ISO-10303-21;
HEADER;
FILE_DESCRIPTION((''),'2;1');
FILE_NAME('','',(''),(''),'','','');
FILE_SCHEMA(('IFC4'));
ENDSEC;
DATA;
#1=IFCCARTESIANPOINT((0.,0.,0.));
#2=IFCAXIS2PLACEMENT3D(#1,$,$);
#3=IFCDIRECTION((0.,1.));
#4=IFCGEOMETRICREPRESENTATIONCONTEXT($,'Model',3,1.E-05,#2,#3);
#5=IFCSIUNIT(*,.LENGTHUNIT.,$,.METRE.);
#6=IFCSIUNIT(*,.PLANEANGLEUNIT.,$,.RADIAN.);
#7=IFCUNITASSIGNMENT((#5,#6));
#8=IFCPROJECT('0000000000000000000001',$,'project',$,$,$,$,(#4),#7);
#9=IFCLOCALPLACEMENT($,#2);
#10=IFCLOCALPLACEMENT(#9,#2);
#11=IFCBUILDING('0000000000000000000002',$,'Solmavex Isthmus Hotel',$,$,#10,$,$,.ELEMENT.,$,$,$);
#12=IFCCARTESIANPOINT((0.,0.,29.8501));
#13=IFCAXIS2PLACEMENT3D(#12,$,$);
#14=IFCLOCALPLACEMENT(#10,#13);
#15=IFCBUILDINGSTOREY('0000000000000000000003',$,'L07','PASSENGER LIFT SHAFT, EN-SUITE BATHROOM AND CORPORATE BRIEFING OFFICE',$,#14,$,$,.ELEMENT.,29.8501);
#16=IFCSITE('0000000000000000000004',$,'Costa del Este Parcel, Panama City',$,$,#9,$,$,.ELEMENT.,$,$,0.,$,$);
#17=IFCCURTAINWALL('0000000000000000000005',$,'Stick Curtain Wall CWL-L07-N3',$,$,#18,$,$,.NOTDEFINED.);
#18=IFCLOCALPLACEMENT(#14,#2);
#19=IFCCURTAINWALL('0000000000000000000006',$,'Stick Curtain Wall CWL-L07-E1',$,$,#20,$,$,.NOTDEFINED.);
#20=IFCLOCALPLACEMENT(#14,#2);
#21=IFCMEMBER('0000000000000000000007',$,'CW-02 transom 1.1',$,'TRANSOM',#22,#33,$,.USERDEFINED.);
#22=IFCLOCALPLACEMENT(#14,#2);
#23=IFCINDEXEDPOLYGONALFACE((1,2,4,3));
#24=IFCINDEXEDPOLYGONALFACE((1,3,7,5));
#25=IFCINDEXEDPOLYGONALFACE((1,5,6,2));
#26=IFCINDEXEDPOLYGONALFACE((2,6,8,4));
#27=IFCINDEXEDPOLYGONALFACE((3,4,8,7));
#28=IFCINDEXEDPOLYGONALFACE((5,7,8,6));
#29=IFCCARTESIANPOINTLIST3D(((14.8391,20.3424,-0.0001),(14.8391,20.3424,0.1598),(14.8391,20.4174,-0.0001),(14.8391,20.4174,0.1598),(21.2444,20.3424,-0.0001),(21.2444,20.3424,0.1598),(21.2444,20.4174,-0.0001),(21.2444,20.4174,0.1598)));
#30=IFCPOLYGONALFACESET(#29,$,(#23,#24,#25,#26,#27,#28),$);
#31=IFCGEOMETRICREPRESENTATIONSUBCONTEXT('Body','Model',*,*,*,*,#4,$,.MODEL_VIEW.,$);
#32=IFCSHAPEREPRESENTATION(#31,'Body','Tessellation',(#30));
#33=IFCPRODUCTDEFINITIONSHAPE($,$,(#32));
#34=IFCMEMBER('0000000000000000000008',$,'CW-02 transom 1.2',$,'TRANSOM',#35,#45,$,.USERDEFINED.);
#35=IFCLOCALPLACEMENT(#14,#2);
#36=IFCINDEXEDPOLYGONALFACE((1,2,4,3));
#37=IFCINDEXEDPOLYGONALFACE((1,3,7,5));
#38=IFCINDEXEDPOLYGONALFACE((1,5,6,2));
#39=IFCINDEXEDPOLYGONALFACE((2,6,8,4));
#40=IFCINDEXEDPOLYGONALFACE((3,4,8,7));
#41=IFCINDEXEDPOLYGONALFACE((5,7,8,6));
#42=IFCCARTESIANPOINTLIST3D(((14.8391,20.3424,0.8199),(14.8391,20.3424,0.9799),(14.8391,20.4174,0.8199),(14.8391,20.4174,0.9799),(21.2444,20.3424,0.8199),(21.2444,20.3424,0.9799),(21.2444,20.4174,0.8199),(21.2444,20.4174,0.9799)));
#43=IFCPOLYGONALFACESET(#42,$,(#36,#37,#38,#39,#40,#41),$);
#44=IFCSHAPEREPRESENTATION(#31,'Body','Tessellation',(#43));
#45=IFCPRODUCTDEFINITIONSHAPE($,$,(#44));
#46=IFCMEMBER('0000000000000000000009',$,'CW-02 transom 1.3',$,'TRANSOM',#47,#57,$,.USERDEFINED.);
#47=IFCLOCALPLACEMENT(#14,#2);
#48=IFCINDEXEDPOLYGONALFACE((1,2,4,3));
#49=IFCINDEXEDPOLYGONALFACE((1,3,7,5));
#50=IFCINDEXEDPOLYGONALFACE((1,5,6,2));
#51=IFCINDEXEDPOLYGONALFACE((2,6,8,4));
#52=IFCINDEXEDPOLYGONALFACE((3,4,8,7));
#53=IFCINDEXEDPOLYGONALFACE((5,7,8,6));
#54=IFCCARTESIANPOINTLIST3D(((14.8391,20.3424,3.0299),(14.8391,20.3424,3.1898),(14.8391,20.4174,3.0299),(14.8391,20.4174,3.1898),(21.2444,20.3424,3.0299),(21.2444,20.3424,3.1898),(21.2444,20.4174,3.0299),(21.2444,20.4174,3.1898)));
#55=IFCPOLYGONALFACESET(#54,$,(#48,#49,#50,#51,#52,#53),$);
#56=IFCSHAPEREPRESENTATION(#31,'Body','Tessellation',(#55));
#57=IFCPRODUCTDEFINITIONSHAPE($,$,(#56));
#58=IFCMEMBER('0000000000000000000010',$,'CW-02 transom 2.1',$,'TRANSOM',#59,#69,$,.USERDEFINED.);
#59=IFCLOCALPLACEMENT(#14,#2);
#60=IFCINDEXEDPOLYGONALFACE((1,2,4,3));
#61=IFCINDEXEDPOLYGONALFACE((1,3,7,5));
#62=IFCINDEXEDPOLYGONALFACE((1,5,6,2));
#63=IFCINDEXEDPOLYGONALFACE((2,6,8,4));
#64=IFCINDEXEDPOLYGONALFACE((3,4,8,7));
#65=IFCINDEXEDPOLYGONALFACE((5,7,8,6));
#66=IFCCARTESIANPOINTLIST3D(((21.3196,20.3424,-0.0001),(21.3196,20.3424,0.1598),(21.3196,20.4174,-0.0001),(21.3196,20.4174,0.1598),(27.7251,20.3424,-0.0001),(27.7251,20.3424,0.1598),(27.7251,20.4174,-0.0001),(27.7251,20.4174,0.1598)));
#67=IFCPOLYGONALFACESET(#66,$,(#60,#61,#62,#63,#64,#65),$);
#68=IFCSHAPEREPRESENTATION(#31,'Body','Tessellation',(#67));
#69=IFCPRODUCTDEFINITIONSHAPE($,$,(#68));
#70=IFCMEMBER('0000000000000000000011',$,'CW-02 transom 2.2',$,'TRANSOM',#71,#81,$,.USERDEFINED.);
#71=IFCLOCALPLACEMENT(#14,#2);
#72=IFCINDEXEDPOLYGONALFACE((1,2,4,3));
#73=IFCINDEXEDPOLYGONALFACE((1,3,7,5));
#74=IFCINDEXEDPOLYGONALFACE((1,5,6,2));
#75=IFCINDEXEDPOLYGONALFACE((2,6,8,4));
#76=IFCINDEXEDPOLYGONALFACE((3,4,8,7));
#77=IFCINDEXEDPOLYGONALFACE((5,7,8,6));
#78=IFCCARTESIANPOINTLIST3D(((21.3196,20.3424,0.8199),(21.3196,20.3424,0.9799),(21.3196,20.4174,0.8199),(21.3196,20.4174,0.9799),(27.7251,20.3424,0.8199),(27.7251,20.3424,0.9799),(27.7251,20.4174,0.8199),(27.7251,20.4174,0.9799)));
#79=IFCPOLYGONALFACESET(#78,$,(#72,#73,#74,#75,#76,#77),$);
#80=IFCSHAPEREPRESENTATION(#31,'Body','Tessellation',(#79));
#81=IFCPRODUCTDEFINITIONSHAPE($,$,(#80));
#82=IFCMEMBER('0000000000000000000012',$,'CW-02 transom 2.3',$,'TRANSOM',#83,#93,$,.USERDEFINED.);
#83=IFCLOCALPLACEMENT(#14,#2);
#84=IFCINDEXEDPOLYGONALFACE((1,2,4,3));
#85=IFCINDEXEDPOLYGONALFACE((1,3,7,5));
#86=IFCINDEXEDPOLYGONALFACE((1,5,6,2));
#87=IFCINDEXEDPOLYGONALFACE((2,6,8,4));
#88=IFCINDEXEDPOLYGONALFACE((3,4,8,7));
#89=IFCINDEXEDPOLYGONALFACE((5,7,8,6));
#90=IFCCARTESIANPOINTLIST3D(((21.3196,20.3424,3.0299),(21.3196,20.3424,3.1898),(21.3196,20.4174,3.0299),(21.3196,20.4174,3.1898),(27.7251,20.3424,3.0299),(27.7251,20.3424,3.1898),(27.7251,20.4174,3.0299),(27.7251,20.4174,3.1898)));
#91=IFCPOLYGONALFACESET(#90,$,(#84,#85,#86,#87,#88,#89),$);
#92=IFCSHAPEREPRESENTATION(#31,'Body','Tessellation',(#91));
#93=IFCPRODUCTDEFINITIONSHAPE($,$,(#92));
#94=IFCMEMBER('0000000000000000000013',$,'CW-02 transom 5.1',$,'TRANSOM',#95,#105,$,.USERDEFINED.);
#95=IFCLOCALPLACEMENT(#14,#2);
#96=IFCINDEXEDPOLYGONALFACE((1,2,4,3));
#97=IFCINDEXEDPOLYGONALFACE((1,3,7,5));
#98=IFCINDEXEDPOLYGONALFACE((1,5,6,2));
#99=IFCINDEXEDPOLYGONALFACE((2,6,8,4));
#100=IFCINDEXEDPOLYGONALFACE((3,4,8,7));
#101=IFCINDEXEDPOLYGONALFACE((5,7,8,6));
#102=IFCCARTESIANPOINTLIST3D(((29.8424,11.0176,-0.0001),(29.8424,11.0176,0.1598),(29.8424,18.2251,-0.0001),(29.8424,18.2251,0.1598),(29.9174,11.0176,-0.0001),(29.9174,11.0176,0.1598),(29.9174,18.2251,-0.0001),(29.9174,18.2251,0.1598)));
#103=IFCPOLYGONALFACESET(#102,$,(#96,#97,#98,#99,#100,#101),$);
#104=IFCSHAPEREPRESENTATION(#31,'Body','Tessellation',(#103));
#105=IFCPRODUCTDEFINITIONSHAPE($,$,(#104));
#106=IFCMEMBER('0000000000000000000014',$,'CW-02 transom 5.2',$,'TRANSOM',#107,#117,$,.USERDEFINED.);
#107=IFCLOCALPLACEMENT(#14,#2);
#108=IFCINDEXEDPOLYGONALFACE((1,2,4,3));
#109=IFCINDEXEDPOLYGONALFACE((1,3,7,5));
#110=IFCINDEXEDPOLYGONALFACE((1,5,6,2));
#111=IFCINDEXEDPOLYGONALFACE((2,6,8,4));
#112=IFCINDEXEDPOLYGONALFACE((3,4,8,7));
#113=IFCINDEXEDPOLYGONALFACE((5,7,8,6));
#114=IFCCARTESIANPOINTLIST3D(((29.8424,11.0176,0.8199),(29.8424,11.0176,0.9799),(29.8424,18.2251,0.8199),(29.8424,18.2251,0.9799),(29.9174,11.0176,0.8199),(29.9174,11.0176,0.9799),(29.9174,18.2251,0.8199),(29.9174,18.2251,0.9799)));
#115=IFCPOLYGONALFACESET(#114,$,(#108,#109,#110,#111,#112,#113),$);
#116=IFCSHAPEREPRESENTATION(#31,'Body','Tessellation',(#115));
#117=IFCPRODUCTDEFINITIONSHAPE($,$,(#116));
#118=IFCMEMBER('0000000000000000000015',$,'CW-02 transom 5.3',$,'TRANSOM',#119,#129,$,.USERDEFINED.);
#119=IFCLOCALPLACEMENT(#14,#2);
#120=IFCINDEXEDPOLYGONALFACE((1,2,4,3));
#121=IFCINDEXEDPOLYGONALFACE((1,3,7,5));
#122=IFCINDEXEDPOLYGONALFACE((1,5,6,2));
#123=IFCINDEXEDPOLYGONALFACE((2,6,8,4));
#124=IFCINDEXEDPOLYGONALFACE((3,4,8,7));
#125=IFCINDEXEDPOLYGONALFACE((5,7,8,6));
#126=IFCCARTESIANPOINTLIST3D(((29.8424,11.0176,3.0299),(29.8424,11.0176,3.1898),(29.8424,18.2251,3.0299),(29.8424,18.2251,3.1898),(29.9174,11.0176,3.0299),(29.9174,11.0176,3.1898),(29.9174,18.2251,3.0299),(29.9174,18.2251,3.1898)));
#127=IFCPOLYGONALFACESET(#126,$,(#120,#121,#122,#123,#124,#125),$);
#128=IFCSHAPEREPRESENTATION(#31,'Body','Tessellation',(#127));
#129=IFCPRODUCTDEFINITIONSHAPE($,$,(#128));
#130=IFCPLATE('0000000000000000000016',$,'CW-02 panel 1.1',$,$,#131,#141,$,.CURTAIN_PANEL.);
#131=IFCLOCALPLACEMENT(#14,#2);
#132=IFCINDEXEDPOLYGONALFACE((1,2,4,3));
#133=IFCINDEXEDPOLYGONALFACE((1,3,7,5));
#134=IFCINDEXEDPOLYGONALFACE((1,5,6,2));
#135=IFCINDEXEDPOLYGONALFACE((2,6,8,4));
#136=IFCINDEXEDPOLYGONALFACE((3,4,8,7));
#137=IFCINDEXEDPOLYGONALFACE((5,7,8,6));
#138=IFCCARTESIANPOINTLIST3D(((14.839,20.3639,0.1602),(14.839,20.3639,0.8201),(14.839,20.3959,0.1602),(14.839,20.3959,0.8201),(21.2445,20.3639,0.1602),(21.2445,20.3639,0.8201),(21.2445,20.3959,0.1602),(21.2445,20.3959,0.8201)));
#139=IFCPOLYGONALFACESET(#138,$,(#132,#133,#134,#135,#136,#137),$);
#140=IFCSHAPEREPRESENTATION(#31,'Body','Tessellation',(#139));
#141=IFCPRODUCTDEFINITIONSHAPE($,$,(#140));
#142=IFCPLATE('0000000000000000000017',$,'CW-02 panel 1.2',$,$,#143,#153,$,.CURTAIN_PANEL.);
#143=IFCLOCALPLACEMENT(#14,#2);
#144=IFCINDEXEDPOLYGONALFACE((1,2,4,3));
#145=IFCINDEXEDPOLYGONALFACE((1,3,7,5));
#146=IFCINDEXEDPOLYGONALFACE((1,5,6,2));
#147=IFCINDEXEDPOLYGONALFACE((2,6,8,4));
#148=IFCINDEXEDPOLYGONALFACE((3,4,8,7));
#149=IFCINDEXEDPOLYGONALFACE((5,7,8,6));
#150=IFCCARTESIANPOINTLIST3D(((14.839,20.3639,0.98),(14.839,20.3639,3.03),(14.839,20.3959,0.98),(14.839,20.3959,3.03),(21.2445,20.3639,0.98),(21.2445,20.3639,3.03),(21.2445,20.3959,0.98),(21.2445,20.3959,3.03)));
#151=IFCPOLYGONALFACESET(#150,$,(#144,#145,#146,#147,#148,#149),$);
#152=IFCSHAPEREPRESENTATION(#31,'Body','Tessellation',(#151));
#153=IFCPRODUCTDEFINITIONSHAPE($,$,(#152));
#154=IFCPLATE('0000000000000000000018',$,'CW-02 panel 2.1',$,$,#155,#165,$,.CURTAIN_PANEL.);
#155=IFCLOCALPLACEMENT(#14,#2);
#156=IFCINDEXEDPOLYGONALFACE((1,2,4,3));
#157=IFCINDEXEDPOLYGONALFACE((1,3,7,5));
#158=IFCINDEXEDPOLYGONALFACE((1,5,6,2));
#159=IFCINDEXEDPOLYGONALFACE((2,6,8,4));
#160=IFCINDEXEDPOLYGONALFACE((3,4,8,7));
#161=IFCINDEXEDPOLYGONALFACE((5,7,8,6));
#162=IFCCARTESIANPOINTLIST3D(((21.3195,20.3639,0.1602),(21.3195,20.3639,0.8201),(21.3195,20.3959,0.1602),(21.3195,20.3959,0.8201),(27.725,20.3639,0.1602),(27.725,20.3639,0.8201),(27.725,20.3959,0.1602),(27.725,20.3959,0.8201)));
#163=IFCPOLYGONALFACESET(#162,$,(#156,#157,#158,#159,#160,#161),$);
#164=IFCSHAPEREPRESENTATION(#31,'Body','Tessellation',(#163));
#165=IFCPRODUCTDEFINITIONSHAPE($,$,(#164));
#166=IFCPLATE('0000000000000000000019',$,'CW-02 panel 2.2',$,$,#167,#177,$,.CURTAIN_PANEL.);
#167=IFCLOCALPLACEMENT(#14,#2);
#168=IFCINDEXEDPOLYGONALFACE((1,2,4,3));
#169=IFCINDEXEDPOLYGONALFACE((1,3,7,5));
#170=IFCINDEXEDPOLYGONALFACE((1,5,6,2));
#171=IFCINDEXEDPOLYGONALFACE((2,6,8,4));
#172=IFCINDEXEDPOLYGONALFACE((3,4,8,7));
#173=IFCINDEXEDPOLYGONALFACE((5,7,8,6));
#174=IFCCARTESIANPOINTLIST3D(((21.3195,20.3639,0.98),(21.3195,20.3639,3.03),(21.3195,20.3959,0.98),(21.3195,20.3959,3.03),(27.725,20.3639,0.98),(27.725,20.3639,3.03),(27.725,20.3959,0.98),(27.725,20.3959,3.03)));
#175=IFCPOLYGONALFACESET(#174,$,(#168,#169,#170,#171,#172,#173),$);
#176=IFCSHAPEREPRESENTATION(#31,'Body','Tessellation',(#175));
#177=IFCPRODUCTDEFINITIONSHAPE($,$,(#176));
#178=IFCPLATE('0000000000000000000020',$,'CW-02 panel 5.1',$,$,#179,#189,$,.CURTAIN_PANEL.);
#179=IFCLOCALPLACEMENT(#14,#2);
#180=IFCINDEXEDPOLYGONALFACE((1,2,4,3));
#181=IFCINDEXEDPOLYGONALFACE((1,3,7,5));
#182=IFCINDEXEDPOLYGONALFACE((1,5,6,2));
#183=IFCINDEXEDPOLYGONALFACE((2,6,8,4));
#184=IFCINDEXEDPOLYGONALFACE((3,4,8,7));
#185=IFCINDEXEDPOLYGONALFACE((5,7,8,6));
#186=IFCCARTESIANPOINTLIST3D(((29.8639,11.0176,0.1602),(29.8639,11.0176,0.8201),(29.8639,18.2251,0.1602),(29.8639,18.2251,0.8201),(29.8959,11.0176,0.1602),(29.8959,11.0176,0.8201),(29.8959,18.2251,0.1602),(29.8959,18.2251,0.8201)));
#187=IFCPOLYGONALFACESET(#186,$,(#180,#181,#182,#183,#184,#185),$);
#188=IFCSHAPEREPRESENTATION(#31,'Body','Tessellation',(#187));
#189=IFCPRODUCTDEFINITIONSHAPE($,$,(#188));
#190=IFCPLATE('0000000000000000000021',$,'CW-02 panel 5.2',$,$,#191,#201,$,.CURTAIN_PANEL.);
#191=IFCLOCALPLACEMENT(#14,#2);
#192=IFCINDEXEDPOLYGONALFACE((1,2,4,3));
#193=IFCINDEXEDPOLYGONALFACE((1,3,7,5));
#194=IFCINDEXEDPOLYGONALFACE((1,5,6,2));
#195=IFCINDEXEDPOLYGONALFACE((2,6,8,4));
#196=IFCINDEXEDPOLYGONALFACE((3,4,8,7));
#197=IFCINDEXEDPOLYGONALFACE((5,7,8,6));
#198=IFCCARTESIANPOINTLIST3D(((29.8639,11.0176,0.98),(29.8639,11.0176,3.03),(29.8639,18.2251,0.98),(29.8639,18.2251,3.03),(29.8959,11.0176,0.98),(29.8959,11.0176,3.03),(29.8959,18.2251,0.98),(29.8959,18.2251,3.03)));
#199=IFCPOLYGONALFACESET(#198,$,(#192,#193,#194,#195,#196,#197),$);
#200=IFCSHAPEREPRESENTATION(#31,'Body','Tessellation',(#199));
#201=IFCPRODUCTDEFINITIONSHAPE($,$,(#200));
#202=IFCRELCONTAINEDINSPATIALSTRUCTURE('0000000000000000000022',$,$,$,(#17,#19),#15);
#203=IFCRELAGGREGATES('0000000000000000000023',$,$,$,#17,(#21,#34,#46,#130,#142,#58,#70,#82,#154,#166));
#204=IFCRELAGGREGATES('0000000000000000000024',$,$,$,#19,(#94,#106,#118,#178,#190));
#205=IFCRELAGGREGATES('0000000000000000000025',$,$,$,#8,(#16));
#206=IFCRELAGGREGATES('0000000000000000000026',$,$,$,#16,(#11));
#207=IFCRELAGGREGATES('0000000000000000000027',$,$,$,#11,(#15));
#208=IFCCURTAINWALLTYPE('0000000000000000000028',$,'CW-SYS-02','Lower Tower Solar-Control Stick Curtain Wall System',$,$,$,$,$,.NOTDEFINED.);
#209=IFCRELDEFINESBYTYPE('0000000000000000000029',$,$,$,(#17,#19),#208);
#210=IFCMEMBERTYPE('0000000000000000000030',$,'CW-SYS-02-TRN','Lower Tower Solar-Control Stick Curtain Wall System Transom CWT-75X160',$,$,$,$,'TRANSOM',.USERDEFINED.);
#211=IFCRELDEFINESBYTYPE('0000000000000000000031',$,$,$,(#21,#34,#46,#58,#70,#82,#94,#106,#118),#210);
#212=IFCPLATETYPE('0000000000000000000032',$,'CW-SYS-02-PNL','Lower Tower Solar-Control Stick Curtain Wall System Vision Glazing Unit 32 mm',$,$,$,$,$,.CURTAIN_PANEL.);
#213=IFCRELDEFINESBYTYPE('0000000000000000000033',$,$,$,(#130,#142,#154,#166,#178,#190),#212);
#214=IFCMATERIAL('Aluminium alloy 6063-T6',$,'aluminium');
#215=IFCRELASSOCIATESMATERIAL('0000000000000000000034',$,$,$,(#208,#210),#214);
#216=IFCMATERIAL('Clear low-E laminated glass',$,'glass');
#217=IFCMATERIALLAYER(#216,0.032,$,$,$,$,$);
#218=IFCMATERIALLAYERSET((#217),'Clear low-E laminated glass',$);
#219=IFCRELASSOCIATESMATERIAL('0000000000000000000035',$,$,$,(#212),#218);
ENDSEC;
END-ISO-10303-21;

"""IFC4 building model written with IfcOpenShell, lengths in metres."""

from ifc_helpers import new_model, si_unit, direction, frame, origin, origin_2d, place, context, subcontext, project, spatial, rectangle, extrude, material, layer, layer_set, material_profile, profile_set, type_object, element, aggregate, save


model = new_model("IFC4")

# Units and contexts
model_context = context("Model", 3, precision=1e-05, world=origin(), true_north=direction((0.0, 1.0)))
body_context = subcontext(model_context, "Body", "Model", "MODEL_VIEW")
ifc_project = project(units=[si_unit("LENGTHUNIT", "METRE"), si_unit("PLANEANGLEUNIT", "RADIAN")], contexts=[model_context])

# Site, building, storey
site_placement = place(None, origin())
site = spatial("IfcSite", under=ifc_project, at=site_placement, Name="Costa del Este Parcel, Panama City", CompositionType="ELEMENT", RefElevation=0.0)
building_placement = place(site_placement, origin())
building = spatial("IfcBuilding", under=site, at=building_placement, Name="Solmavex Isthmus Hotel", CompositionType="ELEMENT")
storey_placement = place(building_placement, frame((0.0, 0.0, 29.8501)))
storey = spatial("IfcBuildingStorey", under=building, at=storey_placement, Name="L07", Description="PASSENGER LIFT SHAFT, EN-SUITE BATHROOM AND CORPORATE BRIEFING OFFICE", CompositionType="ELEMENT", Elevation=29.8501)

# Curtain wall
ifc_material_1 = material(Name="Aluminium alloy 6063-T6", Category="aluminium")
curtain_wall_type = type_object("IfcCurtainWallType", Name="CW-SYS-02", Description="Lower Tower Solar-Control Stick Curtain Wall System", PredefinedType="NOTDEFINED", material=ifc_material_1)
curtain_wall_1_placement = place(storey_placement, origin())
curtain_wall_1 = element("IfcCurtainWall", 1, at=curtain_wall_1_placement, inside=storey, type_object=curtain_wall_type, Name="Stick Curtain Wall CWL-L07-N3", PredefinedType="NOTDEFINED")

# Curtain wall
curtain_wall_2_placement = place(storey_placement, origin())
curtain_wall_2 = element("IfcCurtainWall", 2, at=curtain_wall_2_placement, inside=storey, type_object=curtain_wall_type, Name="Stick Curtain Wall CWL-L07-E1", PredefinedType="NOTDEFINED")

# Members
ifc_material_profile_1 = material_profile(ifc_material_1, rectangle(XDim=0.075, YDim=0.1599, at=origin_2d()), Name="CWT-75X160")
ifc_profile_set_1 = profile_set([ifc_material_profile_1], Name="Aluminium alloy 6063-T6")
member_type_1 = type_object("IfcMemberType", Name="CW-SYS-02-TRN", Description="Lower Tower Solar-Control Stick Curtain Wall System Transom CWT-75X160", ElementType="TRANSOM", PredefinedType="USERDEFINED", material=ifc_profile_set_1)
member_1_placement = place(storey_placement, frame((14.8391, 20.3799, 0.0798), z_axis=(1.0, 0.0, 0.0), x_axis=(0.0, 1.0, 0.0)))
member_1 = element("IfcMember", 3, at=member_1_placement, type_object=member_type_1, Name="CW-02 transom 1.1", ObjectType="TRANSOM", PredefinedType="USERDEFINED", context=body_context, shape_type="SweptSolid", body=[
    extrude(rectangle(XDim=0.075, YDim=0.1599, at=origin_2d()), origin(), (0.0, 0.0, 1.0), 6.4053),
])
member_2_placement = place(storey_placement, frame((14.8391, 20.3799, 0.8999), z_axis=(1.0, 0.0, 0.0), x_axis=(0.0, 1.0, 0.0)))
member_2 = element("IfcMember", 4, at=member_2_placement, type_object=member_type_1, Name="CW-02 transom 1.2", ObjectType="TRANSOM", PredefinedType="USERDEFINED", context=body_context, shape_type="SweptSolid", body=[
    extrude(rectangle(XDim=0.075, YDim=0.1599, at=origin_2d()), origin(), (0.0, 0.0, 1.0), 6.4053),
])
member_3_placement = place(storey_placement, frame((14.8391, 20.3799, 3.1099), z_axis=(1.0, 0.0, 0.0), x_axis=(0.0, 1.0, 0.0)))
member_3 = element("IfcMember", 5, at=member_3_placement, type_object=member_type_1, Name="CW-02 transom 1.3", ObjectType="TRANSOM", PredefinedType="USERDEFINED", context=body_context, shape_type="SweptSolid", body=[
    extrude(rectangle(XDim=0.075, YDim=0.1599, at=origin_2d()), origin(), (0.0, 0.0, 1.0), 6.4053),
])
member_4_placement = place(storey_placement, frame((21.3196, 20.3799, 0.0798), z_axis=(1.0, 0.0, 0.0), x_axis=(0.0, 1.0, 0.0)))
member_4 = element("IfcMember", 6, at=member_4_placement, type_object=member_type_1, Name="CW-02 transom 2.1", ObjectType="TRANSOM", PredefinedType="USERDEFINED", context=body_context, shape_type="SweptSolid", body=[
    extrude(rectangle(XDim=0.075, YDim=0.1599, at=origin_2d()), origin(), (0.0, 0.0, 1.0), 6.4055),
])
member_5_placement = place(storey_placement, frame((21.3196, 20.3799, 0.8999), z_axis=(1.0, 0.0, 0.0), x_axis=(0.0, 1.0, 0.0)))
member_5 = element("IfcMember", 7, at=member_5_placement, type_object=member_type_1, Name="CW-02 transom 2.2", ObjectType="TRANSOM", PredefinedType="USERDEFINED", context=body_context, shape_type="SweptSolid", body=[
    extrude(rectangle(XDim=0.075, YDim=0.1599, at=origin_2d()), origin(), (0.0, 0.0, 1.0), 6.4055),
])
member_6_placement = place(storey_placement, frame((21.3196, 20.3799, 3.1099), z_axis=(1.0, 0.0, 0.0), x_axis=(0.0, 1.0, 0.0)))
member_6 = element("IfcMember", 8, at=member_6_placement, type_object=member_type_1, Name="CW-02 transom 2.3", ObjectType="TRANSOM", PredefinedType="USERDEFINED", context=body_context, shape_type="SweptSolid", body=[
    extrude(rectangle(XDim=0.075, YDim=0.1599, at=origin_2d()), origin(), (0.0, 0.0, 1.0), 6.4055),
])
member_7_placement = place(storey_placement, frame((29.8799, 11.0176, 0.0798), z_axis=(0.0, 1.0, 0.0), x_axis=(-1.0, 0.0, 0.0)))
member_7 = element("IfcMember", 9, at=member_7_placement, type_object=member_type_1, Name="CW-02 transom 5.1", ObjectType="TRANSOM", PredefinedType="USERDEFINED", context=body_context, shape_type="SweptSolid", body=[
    extrude(rectangle(XDim=0.075, YDim=0.1599, at=origin_2d()), origin(), (0.0, 0.0, 1.0), 7.2075),
])
member_8_placement = place(storey_placement, frame((29.8799, 11.0176, 0.8999), z_axis=(0.0, 1.0, 0.0), x_axis=(-1.0, 0.0, 0.0)))
member_8 = element("IfcMember", 10, at=member_8_placement, type_object=member_type_1, Name="CW-02 transom 5.2", ObjectType="TRANSOM", PredefinedType="USERDEFINED", context=body_context, shape_type="SweptSolid", body=[
    extrude(rectangle(XDim=0.075, YDim=0.1599, at=origin_2d()), origin(), (0.0, 0.0, 1.0), 7.2075),
])
member_9_placement = place(storey_placement, frame((29.8799, 11.0176, 3.1099), z_axis=(0.0, 1.0, 0.0), x_axis=(-1.0, 0.0, 0.0)))
member_9 = element("IfcMember", 11, at=member_9_placement, type_object=member_type_1, Name="CW-02 transom 5.3", ObjectType="TRANSOM", PredefinedType="USERDEFINED", context=body_context, shape_type="SweptSolid", body=[
    extrude(rectangle(XDim=0.075, YDim=0.1599, at=origin_2d()), origin(), (0.0, 0.0, 1.0), 7.2075),
])

# Plates
ifc_material_2 = material(Name="Clear low-E laminated glass", Category="glass")
ifc_layer_1 = layer(ifc_material_2, 0.032)
ifc_layer_set_1 = layer_set([ifc_layer_1], Name="Clear low-E laminated glass")
plate_type = type_object("IfcPlateType", Name="CW-SYS-02-PNL", Description="Lower Tower Solar-Control Stick Curtain Wall System Vision Glazing Unit 32 mm", PredefinedType="CURTAIN_PANEL", material=ifc_layer_set_1)
plate_1_placement = place(storey_placement, frame((18.0417, 20.3799, 0.1602), z_axis=(0.0, 0.0, 1.0), x_axis=(1.0, 0.0, 0.0)))
plate_1 = element("IfcPlate", 12, at=plate_1_placement, type_object=plate_type, Name="CW-02 panel 1.1", PredefinedType="CURTAIN_PANEL", context=body_context, shape_type="SweptSolid", body=[
    extrude(rectangle(XDim=6.4055, YDim=0.032, at=origin_2d()), origin(), (0.0, 0.0, 1.0), 0.6599),
])
plate_2_placement = place(storey_placement, frame((18.0417, 20.3799, 0.98), z_axis=(0.0, 0.0, 1.0), x_axis=(1.0, 0.0, 0.0)))
plate_2 = element("IfcPlate", 13, at=plate_2_placement, type_object=plate_type, Name="CW-02 panel 1.2", PredefinedType="CURTAIN_PANEL", context=body_context, shape_type="SweptSolid", body=[
    extrude(rectangle(XDim=6.4055, YDim=0.032, at=origin_2d()), origin(), (0.0, 0.0, 1.0), 2.05),
])
plate_3_placement = place(storey_placement, frame((24.5222, 20.3799, 0.1602), z_axis=(0.0, 0.0, 1.0), x_axis=(1.0, 0.0, 0.0)))
plate_3 = element("IfcPlate", 14, at=plate_3_placement, type_object=plate_type, Name="CW-02 panel 2.1", PredefinedType="CURTAIN_PANEL", context=body_context, shape_type="SweptSolid", body=[
    extrude(rectangle(XDim=6.4055, YDim=0.032, at=origin_2d()), origin(), (0.0, 0.0, 1.0), 0.6599),
])
plate_4_placement = place(storey_placement, frame((24.5222, 20.3799, 0.98), z_axis=(0.0, 0.0, 1.0), x_axis=(1.0, 0.0, 0.0)))
plate_4 = element("IfcPlate", 15, at=plate_4_placement, type_object=plate_type, Name="CW-02 panel 2.2", PredefinedType="CURTAIN_PANEL", context=body_context, shape_type="SweptSolid", body=[
    extrude(rectangle(XDim=6.4055, YDim=0.032, at=origin_2d()), origin(), (0.0, 0.0, 1.0), 2.05),
])
aggregate(curtain_wall_1, [member_1, member_2, member_3, plate_1, plate_2, member_4, member_5, member_6, plate_3, plate_4])
plate_5_placement = place(storey_placement, frame((29.8799, 14.6213, 0.1602), z_axis=(0.0, 0.0, 1.0), x_axis=(0.0, 1.0, 0.0)))
plate_5 = element("IfcPlate", 16, at=plate_5_placement, type_object=plate_type, Name="CW-02 panel 5.1", PredefinedType="CURTAIN_PANEL", context=body_context, shape_type="SweptSolid", body=[
    extrude(rectangle(XDim=7.2075, YDim=0.032, at=origin_2d()), origin(), (0.0, 0.0, 1.0), 0.6599),
])
plate_6_placement = place(storey_placement, frame((29.8799, 14.6213, 0.98), z_axis=(0.0, 0.0, 1.0), x_axis=(0.0, 1.0, 0.0)))
plate_6 = element("IfcPlate", 17, at=plate_6_placement, type_object=plate_type, Name="CW-02 panel 5.2", PredefinedType="CURTAIN_PANEL", context=body_context, shape_type="SweptSolid", body=[
    extrude(rectangle(XDim=7.2075, YDim=0.032, at=origin_2d()), origin(), (0.0, 0.0, 1.0), 2.05),
])
aggregate(curtain_wall_2, [member_7, member_8, member_9, plate_5, plate_6])

save(model, "model.ifc")
